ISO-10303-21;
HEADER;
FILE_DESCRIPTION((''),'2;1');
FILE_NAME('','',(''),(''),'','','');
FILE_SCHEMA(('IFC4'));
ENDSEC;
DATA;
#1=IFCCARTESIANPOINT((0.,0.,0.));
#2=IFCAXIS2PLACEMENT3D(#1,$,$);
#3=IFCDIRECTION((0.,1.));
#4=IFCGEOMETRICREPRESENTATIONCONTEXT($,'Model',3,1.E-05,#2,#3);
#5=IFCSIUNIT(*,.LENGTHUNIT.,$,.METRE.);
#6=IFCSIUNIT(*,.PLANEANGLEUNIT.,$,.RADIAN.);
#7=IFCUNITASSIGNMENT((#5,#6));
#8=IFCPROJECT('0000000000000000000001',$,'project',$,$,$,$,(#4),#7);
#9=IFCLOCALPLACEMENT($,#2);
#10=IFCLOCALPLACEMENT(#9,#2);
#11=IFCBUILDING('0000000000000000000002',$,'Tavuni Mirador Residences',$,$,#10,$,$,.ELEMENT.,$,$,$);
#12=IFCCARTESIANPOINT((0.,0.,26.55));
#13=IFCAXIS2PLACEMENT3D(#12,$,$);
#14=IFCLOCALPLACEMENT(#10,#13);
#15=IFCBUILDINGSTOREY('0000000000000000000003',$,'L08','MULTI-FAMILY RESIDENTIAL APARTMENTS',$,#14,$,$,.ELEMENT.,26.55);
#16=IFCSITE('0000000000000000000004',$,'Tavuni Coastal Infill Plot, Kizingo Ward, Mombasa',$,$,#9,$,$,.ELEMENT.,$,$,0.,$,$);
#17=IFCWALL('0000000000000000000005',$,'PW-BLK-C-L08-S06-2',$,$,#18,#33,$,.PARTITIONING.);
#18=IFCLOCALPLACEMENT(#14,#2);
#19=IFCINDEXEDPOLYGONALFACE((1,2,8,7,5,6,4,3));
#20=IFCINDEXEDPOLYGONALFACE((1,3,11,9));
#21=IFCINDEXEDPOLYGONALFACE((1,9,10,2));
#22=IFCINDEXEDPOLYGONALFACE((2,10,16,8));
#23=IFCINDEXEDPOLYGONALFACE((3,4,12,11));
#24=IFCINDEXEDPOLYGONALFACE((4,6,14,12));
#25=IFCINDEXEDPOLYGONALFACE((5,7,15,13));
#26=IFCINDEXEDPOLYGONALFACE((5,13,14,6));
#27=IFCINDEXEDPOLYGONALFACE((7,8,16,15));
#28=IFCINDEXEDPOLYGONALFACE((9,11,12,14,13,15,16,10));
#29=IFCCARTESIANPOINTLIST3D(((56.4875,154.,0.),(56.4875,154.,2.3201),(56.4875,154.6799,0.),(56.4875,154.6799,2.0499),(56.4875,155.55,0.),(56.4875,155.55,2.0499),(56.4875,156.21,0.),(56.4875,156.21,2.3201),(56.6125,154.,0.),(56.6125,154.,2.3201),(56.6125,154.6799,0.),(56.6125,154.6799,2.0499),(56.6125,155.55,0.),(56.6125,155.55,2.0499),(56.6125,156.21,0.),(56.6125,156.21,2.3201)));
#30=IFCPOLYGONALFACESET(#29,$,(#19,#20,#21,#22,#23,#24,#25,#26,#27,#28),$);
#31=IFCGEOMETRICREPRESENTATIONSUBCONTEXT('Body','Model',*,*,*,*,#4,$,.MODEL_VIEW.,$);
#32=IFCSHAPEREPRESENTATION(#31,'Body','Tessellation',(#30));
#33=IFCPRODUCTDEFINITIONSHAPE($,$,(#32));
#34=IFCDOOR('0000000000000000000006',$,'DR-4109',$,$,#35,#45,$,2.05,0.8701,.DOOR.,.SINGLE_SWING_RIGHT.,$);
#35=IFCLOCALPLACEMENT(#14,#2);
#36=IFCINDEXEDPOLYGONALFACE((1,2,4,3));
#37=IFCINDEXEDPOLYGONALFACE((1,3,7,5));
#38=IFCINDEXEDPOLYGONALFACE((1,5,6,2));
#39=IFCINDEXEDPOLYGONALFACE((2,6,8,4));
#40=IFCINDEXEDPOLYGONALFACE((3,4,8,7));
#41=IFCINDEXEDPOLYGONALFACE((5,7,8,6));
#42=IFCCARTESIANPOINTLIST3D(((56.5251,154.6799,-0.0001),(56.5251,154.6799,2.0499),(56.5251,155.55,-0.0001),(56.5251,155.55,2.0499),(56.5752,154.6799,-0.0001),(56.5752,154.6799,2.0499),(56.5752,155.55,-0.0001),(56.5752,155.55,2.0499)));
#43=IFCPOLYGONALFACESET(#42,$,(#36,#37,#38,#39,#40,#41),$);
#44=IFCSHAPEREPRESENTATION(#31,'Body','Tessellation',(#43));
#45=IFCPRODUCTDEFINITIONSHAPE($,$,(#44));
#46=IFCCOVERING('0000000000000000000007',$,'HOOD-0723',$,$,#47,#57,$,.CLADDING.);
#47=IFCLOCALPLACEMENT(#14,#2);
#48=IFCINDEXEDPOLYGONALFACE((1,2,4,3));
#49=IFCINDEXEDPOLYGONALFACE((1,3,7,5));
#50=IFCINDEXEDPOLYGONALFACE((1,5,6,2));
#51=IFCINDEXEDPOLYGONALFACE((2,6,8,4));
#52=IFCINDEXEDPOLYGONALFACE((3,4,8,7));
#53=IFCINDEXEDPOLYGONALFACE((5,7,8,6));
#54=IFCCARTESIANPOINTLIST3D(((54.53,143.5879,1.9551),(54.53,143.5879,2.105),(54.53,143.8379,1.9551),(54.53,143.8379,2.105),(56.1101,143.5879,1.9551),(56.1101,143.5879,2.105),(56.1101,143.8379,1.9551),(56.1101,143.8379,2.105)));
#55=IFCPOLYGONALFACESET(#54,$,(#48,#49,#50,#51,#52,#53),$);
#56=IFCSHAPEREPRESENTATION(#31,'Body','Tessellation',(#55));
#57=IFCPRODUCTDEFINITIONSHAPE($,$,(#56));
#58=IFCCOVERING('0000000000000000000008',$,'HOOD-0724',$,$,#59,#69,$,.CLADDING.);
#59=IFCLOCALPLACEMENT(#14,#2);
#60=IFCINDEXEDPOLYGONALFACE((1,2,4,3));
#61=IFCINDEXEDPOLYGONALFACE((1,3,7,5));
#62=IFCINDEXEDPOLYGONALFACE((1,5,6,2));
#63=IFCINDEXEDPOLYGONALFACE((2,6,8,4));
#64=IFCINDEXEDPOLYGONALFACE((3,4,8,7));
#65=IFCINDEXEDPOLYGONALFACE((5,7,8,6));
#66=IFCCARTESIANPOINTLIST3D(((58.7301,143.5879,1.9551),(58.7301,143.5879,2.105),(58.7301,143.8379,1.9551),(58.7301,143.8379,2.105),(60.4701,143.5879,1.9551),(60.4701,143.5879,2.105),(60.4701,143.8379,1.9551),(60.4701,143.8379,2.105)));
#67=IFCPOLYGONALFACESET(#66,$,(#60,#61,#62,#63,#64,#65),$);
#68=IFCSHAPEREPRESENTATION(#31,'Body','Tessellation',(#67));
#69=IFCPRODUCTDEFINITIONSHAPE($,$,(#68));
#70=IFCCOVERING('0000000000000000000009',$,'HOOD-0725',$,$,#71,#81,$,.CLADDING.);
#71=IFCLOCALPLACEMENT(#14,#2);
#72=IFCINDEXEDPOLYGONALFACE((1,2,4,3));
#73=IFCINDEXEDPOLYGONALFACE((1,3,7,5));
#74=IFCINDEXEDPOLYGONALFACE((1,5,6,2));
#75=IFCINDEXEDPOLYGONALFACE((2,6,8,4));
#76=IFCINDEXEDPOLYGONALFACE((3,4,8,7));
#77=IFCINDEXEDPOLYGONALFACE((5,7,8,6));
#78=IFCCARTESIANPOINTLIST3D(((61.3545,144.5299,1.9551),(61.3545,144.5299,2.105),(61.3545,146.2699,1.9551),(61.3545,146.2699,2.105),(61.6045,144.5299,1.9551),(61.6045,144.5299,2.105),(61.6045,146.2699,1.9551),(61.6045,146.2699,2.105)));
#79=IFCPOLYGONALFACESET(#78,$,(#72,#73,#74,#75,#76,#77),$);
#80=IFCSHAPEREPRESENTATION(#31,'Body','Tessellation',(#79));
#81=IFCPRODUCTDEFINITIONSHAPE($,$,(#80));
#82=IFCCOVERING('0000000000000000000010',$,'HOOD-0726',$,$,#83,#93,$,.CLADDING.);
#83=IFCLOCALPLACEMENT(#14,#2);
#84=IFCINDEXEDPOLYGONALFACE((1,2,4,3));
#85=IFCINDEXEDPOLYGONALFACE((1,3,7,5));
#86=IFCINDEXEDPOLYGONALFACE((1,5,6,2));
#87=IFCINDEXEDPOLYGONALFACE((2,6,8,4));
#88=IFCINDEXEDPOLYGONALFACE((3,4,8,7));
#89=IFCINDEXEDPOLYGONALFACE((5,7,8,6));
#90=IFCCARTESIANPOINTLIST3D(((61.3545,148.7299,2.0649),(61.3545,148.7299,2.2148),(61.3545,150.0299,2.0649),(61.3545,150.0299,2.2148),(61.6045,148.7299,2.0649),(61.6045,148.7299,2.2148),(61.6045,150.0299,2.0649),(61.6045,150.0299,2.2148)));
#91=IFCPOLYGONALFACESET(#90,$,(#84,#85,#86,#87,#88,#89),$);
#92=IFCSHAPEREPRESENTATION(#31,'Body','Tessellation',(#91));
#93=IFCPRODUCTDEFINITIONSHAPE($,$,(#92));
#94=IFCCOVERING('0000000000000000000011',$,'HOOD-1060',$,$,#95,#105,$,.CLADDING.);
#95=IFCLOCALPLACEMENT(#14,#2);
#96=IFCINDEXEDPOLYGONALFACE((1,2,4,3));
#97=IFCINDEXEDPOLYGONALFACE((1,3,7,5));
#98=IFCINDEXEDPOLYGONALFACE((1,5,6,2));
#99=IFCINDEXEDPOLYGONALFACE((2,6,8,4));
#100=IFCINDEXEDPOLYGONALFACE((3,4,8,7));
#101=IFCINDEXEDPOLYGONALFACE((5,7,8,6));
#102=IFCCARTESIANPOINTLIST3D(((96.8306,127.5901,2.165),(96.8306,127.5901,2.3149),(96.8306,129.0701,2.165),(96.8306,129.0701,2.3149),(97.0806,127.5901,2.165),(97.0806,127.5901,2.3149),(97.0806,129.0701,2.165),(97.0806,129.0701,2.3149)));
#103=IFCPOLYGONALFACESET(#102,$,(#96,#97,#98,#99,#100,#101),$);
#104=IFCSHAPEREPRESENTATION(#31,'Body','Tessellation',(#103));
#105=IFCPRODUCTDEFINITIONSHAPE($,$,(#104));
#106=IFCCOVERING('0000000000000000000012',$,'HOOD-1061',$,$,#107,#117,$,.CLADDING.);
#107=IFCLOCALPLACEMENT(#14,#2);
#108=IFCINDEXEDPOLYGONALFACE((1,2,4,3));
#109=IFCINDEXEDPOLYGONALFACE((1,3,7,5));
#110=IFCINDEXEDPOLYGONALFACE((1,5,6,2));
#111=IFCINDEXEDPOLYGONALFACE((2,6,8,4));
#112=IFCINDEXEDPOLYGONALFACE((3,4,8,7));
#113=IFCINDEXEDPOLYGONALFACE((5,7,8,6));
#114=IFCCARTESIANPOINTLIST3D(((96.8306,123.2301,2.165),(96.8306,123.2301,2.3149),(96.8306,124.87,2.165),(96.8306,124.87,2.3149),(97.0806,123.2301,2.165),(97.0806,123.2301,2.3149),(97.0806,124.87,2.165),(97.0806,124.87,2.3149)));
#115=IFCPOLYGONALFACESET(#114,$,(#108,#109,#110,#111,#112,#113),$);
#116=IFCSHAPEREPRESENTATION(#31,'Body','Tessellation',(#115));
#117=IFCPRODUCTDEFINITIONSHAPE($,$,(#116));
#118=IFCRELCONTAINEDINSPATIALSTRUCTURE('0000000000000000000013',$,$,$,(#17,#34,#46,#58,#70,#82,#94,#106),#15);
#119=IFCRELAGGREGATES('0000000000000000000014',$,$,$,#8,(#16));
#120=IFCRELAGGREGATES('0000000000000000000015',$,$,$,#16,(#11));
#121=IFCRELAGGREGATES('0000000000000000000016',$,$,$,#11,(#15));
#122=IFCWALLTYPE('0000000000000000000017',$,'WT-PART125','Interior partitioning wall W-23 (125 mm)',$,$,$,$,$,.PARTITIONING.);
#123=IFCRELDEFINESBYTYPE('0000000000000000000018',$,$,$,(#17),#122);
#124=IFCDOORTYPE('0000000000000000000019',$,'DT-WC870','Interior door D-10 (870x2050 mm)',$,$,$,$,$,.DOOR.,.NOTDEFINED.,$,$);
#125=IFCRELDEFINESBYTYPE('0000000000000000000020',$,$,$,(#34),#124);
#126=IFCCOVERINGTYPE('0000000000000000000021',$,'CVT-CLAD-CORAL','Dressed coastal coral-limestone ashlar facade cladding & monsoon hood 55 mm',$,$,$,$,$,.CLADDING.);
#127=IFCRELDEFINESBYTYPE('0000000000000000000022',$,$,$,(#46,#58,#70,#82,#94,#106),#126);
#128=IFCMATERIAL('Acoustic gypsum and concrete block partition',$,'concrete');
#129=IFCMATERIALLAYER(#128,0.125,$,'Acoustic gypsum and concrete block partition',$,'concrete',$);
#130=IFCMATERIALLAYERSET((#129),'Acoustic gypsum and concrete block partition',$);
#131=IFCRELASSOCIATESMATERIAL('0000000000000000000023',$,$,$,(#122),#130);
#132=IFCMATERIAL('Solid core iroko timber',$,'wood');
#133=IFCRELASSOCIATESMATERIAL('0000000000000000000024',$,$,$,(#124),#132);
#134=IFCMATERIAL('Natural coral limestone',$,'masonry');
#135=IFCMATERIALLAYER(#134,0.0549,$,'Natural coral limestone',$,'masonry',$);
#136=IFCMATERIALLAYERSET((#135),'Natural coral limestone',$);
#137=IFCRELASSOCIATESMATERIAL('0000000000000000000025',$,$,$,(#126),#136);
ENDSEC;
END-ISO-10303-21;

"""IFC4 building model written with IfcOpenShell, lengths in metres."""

from ifc_helpers import new_model, si_unit, direction, frame, frame_2d, origin, origin_2d, place, context, subcontext, project, spatial, rectangle, extrude, material, layer, layer_set, type_object, element, fill, save


model = new_model("IFC4")

# Units and contexts
model_context = context("Model", 3, precision=1e-05, world=origin(), true_north=direction((0.0, 1.0)))
body_context = subcontext(model_context, "Body", "Model", "MODEL_VIEW")
ifc_project = project(units=[si_unit("LENGTHUNIT", "METRE"), si_unit("PLANEANGLEUNIT", "RADIAN")], contexts=[model_context])

# Site, building, storey
site_placement = place(None, origin())
site = spatial("IfcSite", under=ifc_project, at=site_placement, Name="Tavuni Coastal Infill Plot, Kizingo Ward, Mombasa", CompositionType="ELEMENT", RefElevation=0.0)
building_placement = place(site_placement, origin())
building = spatial("IfcBuilding", under=site, at=building_placement, Name="Tavuni Mirador Residences", CompositionType="ELEMENT")
storey_placement = place(building_placement, frame((0.0, 0.0, 26.55)))
storey = spatial("IfcBuildingStorey", under=building, at=storey_placement, Name="L08", Description="MULTI-FAMILY RESIDENTIAL APARTMENTS", CompositionType="ELEMENT", Elevation=26.55)

# Wall, opening, door
ifc_material_1 = material(Name="Acoustic gypsum and concrete block partition", Category="concrete")
ifc_layer_1 = layer(ifc_material_1, 0.125, Name="Acoustic gypsum and concrete block partition", Category="concrete")
ifc_layer_set_1 = layer_set([ifc_layer_1], Name="Acoustic gypsum and concrete block partition")
wall_type_1 = type_object("IfcWallType", Name="WT-PART125", Description="Interior partitioning wall W-23 (125 mm)", PredefinedType="PARTITIONING", material=ifc_layer_set_1)
wall_1_placement = place(storey_placement, frame((56.55, 154.0, 0.0), z_axis=(0.0, 0.0, 1.0), x_axis=(0.0, 1.0, 0.0)))
wall_1 = element("IfcWall", 1, at=wall_1_placement, inside=storey, type_object=wall_type_1, Name="PW-BLK-C-L08-S06-2", PredefinedType="PARTITIONING", context=body_context, shape_type="SweptSolid", body=[
    extrude(rectangle(XDim=2.21, YDim=0.125, at=frame_2d((1.105, 0.0))), origin(), (0.0, 0.0, 1.0), 2.3201),
])
opening_1_placement = place(wall_1_placement, frame((0.6799, 0.0, 0.0)))
opening_1 = element("IfcOpeningElement", 2, at=opening_1_placement, cuts=wall_1, PredefinedType="OPENING", context=body_context, shape_type="SweptSolid", body=[
    extrude(rectangle(XDim=0.8701, YDim=2.05, at=frame_2d((0.4351, 1.0249))), frame((0.0, 0.0725, 0.0), z_axis=(0.0, -1.0, 0.0), x_axis=(1.0, 0.0, 0.0)), (0.0, 0.0, 1.0), 0.145),
])
ifc_material_2 = material(Name="Solid core iroko timber", Category="wood")
door_type_1 = type_object("IfcDoorType", Name="DT-WC870", Description="Interior door D-10 (870x2050 mm)", OperationType="NOTDEFINED", PredefinedType="DOOR", material=ifc_material_2)
door_1_placement = place(opening_1_placement, origin())
door_1 = element("IfcDoor", 3, at=door_1_placement, inside=storey, type_object=door_type_1, Name="DR-4109", OperationType="SINGLE_SWING_RIGHT", OverallHeight=2.05, OverallWidth=0.8701, PredefinedType="DOOR", context=body_context, shape_type="SweptSolid", body=[
    extrude(rectangle(XDim=0.8701, YDim=2.05, at=frame_2d((0.4351, 1.0249))), frame((0.0, 0.0249, 0.0), z_axis=(0.0, -1.0, 0.0), x_axis=(1.0, 0.0, 0.0)), (0.0, 0.0, 1.0), 0.05),
])
fill(opening_1, door_1)

# Coverings
ifc_material_3 = material(Name="Natural coral limestone", Category="masonry")
ifc_layer_2 = layer(ifc_material_3, 0.0549, Name="Natural coral limestone", Category="masonry")
ifc_layer_set_2 = layer_set([ifc_layer_2], Name="Natural coral limestone")
covering_type = type_object("IfcCoveringType", Name="CVT-CLAD-CORAL", Description="Dressed coastal coral-limestone ashlar facade cladding & monsoon hood 55 mm", PredefinedType="CLADDING", material=ifc_layer_set_2)
covering_1_placement = place(storey_placement, frame((55.3201, 143.7129, 1.9551), z_axis=(0.0, 0.0, 1.0), x_axis=(1.0, 0.0, 0.0)))
element("IfcCovering", 4, at=covering_1_placement, inside=storey, type_object=covering_type, Name="HOOD-0723", PredefinedType="CLADDING", context=body_context, shape_type="SweptSolid", body=[
    extrude(rectangle(XDim=1.5801, YDim=0.25, at=origin_2d()), origin(), (0.0, 0.0, 1.0), 0.1499),
])
for number, where, z_axis, x_axis, name in (
    (5, (59.6001, 143.7129, 1.9551), (0.0, 0.0, 1.0), (1.0, 0.0, 0.0), "HOOD-0724"),
    (6, (61.4795, 145.3999, 1.9551), (0.0, 0.0, 1.0), (0.0, 1.0, 0.0), "HOOD-0725"),
):
    element("IfcCovering", number, at=place(storey_placement, frame(where, z_axis=z_axis, x_axis=x_axis)), inside=storey, type_object=covering_type, Name=name, PredefinedType="CLADDING", context=body_context, shape_type="SweptSolid", body=[
        extrude(rectangle(XDim=1.74, YDim=0.25, at=origin_2d()), origin(), (0.0, 0.0, 1.0), 0.1499),
    ])
covering_2_placement = place(storey_placement, frame((61.4795, 149.3799, 2.0649), z_axis=(0.0, 0.0, 1.0), x_axis=(0.0, 1.0, 0.0)))
element("IfcCovering", 7, at=covering_2_placement, inside=storey, type_object=covering_type, Name="HOOD-0726", PredefinedType="CLADDING", context=body_context, shape_type="SweptSolid", body=[
    extrude(rectangle(XDim=1.3, YDim=0.25, at=origin_2d()), origin(), (0.0, 0.0, 1.0), 0.1499),
])
covering_3_placement = place(storey_placement, frame((96.9556, 128.3301, 2.165), z_axis=(0.0, 0.0, 1.0), x_axis=(0.0, -1.0, 0.0)))
element("IfcCovering", 8, at=covering_3_placement, inside=storey, type_object=covering_type, Name="HOOD-1060", PredefinedType="CLADDING", context=body_context, shape_type="SweptSolid", body=[
    extrude(rectangle(XDim=1.48, YDim=0.25, at=origin_2d()), origin(), (0.0, 0.0, 1.0), 0.1499),
])
covering_4_placement = place(storey_placement, frame((96.9556, 124.05, 2.165), z_axis=(0.0, 0.0, 1.0), x_axis=(0.0, -1.0, 0.0)))
element("IfcCovering", 9, at=covering_4_placement, inside=storey, type_object=covering_type, Name="HOOD-1061", PredefinedType="CLADDING", context=body_context, shape_type="SweptSolid", body=[
    extrude(rectangle(XDim=1.6399, YDim=0.25, at=origin_2d()), origin(), (0.0, 0.0, 1.0), 0.1499),
])

save(model, "model.ifc")
